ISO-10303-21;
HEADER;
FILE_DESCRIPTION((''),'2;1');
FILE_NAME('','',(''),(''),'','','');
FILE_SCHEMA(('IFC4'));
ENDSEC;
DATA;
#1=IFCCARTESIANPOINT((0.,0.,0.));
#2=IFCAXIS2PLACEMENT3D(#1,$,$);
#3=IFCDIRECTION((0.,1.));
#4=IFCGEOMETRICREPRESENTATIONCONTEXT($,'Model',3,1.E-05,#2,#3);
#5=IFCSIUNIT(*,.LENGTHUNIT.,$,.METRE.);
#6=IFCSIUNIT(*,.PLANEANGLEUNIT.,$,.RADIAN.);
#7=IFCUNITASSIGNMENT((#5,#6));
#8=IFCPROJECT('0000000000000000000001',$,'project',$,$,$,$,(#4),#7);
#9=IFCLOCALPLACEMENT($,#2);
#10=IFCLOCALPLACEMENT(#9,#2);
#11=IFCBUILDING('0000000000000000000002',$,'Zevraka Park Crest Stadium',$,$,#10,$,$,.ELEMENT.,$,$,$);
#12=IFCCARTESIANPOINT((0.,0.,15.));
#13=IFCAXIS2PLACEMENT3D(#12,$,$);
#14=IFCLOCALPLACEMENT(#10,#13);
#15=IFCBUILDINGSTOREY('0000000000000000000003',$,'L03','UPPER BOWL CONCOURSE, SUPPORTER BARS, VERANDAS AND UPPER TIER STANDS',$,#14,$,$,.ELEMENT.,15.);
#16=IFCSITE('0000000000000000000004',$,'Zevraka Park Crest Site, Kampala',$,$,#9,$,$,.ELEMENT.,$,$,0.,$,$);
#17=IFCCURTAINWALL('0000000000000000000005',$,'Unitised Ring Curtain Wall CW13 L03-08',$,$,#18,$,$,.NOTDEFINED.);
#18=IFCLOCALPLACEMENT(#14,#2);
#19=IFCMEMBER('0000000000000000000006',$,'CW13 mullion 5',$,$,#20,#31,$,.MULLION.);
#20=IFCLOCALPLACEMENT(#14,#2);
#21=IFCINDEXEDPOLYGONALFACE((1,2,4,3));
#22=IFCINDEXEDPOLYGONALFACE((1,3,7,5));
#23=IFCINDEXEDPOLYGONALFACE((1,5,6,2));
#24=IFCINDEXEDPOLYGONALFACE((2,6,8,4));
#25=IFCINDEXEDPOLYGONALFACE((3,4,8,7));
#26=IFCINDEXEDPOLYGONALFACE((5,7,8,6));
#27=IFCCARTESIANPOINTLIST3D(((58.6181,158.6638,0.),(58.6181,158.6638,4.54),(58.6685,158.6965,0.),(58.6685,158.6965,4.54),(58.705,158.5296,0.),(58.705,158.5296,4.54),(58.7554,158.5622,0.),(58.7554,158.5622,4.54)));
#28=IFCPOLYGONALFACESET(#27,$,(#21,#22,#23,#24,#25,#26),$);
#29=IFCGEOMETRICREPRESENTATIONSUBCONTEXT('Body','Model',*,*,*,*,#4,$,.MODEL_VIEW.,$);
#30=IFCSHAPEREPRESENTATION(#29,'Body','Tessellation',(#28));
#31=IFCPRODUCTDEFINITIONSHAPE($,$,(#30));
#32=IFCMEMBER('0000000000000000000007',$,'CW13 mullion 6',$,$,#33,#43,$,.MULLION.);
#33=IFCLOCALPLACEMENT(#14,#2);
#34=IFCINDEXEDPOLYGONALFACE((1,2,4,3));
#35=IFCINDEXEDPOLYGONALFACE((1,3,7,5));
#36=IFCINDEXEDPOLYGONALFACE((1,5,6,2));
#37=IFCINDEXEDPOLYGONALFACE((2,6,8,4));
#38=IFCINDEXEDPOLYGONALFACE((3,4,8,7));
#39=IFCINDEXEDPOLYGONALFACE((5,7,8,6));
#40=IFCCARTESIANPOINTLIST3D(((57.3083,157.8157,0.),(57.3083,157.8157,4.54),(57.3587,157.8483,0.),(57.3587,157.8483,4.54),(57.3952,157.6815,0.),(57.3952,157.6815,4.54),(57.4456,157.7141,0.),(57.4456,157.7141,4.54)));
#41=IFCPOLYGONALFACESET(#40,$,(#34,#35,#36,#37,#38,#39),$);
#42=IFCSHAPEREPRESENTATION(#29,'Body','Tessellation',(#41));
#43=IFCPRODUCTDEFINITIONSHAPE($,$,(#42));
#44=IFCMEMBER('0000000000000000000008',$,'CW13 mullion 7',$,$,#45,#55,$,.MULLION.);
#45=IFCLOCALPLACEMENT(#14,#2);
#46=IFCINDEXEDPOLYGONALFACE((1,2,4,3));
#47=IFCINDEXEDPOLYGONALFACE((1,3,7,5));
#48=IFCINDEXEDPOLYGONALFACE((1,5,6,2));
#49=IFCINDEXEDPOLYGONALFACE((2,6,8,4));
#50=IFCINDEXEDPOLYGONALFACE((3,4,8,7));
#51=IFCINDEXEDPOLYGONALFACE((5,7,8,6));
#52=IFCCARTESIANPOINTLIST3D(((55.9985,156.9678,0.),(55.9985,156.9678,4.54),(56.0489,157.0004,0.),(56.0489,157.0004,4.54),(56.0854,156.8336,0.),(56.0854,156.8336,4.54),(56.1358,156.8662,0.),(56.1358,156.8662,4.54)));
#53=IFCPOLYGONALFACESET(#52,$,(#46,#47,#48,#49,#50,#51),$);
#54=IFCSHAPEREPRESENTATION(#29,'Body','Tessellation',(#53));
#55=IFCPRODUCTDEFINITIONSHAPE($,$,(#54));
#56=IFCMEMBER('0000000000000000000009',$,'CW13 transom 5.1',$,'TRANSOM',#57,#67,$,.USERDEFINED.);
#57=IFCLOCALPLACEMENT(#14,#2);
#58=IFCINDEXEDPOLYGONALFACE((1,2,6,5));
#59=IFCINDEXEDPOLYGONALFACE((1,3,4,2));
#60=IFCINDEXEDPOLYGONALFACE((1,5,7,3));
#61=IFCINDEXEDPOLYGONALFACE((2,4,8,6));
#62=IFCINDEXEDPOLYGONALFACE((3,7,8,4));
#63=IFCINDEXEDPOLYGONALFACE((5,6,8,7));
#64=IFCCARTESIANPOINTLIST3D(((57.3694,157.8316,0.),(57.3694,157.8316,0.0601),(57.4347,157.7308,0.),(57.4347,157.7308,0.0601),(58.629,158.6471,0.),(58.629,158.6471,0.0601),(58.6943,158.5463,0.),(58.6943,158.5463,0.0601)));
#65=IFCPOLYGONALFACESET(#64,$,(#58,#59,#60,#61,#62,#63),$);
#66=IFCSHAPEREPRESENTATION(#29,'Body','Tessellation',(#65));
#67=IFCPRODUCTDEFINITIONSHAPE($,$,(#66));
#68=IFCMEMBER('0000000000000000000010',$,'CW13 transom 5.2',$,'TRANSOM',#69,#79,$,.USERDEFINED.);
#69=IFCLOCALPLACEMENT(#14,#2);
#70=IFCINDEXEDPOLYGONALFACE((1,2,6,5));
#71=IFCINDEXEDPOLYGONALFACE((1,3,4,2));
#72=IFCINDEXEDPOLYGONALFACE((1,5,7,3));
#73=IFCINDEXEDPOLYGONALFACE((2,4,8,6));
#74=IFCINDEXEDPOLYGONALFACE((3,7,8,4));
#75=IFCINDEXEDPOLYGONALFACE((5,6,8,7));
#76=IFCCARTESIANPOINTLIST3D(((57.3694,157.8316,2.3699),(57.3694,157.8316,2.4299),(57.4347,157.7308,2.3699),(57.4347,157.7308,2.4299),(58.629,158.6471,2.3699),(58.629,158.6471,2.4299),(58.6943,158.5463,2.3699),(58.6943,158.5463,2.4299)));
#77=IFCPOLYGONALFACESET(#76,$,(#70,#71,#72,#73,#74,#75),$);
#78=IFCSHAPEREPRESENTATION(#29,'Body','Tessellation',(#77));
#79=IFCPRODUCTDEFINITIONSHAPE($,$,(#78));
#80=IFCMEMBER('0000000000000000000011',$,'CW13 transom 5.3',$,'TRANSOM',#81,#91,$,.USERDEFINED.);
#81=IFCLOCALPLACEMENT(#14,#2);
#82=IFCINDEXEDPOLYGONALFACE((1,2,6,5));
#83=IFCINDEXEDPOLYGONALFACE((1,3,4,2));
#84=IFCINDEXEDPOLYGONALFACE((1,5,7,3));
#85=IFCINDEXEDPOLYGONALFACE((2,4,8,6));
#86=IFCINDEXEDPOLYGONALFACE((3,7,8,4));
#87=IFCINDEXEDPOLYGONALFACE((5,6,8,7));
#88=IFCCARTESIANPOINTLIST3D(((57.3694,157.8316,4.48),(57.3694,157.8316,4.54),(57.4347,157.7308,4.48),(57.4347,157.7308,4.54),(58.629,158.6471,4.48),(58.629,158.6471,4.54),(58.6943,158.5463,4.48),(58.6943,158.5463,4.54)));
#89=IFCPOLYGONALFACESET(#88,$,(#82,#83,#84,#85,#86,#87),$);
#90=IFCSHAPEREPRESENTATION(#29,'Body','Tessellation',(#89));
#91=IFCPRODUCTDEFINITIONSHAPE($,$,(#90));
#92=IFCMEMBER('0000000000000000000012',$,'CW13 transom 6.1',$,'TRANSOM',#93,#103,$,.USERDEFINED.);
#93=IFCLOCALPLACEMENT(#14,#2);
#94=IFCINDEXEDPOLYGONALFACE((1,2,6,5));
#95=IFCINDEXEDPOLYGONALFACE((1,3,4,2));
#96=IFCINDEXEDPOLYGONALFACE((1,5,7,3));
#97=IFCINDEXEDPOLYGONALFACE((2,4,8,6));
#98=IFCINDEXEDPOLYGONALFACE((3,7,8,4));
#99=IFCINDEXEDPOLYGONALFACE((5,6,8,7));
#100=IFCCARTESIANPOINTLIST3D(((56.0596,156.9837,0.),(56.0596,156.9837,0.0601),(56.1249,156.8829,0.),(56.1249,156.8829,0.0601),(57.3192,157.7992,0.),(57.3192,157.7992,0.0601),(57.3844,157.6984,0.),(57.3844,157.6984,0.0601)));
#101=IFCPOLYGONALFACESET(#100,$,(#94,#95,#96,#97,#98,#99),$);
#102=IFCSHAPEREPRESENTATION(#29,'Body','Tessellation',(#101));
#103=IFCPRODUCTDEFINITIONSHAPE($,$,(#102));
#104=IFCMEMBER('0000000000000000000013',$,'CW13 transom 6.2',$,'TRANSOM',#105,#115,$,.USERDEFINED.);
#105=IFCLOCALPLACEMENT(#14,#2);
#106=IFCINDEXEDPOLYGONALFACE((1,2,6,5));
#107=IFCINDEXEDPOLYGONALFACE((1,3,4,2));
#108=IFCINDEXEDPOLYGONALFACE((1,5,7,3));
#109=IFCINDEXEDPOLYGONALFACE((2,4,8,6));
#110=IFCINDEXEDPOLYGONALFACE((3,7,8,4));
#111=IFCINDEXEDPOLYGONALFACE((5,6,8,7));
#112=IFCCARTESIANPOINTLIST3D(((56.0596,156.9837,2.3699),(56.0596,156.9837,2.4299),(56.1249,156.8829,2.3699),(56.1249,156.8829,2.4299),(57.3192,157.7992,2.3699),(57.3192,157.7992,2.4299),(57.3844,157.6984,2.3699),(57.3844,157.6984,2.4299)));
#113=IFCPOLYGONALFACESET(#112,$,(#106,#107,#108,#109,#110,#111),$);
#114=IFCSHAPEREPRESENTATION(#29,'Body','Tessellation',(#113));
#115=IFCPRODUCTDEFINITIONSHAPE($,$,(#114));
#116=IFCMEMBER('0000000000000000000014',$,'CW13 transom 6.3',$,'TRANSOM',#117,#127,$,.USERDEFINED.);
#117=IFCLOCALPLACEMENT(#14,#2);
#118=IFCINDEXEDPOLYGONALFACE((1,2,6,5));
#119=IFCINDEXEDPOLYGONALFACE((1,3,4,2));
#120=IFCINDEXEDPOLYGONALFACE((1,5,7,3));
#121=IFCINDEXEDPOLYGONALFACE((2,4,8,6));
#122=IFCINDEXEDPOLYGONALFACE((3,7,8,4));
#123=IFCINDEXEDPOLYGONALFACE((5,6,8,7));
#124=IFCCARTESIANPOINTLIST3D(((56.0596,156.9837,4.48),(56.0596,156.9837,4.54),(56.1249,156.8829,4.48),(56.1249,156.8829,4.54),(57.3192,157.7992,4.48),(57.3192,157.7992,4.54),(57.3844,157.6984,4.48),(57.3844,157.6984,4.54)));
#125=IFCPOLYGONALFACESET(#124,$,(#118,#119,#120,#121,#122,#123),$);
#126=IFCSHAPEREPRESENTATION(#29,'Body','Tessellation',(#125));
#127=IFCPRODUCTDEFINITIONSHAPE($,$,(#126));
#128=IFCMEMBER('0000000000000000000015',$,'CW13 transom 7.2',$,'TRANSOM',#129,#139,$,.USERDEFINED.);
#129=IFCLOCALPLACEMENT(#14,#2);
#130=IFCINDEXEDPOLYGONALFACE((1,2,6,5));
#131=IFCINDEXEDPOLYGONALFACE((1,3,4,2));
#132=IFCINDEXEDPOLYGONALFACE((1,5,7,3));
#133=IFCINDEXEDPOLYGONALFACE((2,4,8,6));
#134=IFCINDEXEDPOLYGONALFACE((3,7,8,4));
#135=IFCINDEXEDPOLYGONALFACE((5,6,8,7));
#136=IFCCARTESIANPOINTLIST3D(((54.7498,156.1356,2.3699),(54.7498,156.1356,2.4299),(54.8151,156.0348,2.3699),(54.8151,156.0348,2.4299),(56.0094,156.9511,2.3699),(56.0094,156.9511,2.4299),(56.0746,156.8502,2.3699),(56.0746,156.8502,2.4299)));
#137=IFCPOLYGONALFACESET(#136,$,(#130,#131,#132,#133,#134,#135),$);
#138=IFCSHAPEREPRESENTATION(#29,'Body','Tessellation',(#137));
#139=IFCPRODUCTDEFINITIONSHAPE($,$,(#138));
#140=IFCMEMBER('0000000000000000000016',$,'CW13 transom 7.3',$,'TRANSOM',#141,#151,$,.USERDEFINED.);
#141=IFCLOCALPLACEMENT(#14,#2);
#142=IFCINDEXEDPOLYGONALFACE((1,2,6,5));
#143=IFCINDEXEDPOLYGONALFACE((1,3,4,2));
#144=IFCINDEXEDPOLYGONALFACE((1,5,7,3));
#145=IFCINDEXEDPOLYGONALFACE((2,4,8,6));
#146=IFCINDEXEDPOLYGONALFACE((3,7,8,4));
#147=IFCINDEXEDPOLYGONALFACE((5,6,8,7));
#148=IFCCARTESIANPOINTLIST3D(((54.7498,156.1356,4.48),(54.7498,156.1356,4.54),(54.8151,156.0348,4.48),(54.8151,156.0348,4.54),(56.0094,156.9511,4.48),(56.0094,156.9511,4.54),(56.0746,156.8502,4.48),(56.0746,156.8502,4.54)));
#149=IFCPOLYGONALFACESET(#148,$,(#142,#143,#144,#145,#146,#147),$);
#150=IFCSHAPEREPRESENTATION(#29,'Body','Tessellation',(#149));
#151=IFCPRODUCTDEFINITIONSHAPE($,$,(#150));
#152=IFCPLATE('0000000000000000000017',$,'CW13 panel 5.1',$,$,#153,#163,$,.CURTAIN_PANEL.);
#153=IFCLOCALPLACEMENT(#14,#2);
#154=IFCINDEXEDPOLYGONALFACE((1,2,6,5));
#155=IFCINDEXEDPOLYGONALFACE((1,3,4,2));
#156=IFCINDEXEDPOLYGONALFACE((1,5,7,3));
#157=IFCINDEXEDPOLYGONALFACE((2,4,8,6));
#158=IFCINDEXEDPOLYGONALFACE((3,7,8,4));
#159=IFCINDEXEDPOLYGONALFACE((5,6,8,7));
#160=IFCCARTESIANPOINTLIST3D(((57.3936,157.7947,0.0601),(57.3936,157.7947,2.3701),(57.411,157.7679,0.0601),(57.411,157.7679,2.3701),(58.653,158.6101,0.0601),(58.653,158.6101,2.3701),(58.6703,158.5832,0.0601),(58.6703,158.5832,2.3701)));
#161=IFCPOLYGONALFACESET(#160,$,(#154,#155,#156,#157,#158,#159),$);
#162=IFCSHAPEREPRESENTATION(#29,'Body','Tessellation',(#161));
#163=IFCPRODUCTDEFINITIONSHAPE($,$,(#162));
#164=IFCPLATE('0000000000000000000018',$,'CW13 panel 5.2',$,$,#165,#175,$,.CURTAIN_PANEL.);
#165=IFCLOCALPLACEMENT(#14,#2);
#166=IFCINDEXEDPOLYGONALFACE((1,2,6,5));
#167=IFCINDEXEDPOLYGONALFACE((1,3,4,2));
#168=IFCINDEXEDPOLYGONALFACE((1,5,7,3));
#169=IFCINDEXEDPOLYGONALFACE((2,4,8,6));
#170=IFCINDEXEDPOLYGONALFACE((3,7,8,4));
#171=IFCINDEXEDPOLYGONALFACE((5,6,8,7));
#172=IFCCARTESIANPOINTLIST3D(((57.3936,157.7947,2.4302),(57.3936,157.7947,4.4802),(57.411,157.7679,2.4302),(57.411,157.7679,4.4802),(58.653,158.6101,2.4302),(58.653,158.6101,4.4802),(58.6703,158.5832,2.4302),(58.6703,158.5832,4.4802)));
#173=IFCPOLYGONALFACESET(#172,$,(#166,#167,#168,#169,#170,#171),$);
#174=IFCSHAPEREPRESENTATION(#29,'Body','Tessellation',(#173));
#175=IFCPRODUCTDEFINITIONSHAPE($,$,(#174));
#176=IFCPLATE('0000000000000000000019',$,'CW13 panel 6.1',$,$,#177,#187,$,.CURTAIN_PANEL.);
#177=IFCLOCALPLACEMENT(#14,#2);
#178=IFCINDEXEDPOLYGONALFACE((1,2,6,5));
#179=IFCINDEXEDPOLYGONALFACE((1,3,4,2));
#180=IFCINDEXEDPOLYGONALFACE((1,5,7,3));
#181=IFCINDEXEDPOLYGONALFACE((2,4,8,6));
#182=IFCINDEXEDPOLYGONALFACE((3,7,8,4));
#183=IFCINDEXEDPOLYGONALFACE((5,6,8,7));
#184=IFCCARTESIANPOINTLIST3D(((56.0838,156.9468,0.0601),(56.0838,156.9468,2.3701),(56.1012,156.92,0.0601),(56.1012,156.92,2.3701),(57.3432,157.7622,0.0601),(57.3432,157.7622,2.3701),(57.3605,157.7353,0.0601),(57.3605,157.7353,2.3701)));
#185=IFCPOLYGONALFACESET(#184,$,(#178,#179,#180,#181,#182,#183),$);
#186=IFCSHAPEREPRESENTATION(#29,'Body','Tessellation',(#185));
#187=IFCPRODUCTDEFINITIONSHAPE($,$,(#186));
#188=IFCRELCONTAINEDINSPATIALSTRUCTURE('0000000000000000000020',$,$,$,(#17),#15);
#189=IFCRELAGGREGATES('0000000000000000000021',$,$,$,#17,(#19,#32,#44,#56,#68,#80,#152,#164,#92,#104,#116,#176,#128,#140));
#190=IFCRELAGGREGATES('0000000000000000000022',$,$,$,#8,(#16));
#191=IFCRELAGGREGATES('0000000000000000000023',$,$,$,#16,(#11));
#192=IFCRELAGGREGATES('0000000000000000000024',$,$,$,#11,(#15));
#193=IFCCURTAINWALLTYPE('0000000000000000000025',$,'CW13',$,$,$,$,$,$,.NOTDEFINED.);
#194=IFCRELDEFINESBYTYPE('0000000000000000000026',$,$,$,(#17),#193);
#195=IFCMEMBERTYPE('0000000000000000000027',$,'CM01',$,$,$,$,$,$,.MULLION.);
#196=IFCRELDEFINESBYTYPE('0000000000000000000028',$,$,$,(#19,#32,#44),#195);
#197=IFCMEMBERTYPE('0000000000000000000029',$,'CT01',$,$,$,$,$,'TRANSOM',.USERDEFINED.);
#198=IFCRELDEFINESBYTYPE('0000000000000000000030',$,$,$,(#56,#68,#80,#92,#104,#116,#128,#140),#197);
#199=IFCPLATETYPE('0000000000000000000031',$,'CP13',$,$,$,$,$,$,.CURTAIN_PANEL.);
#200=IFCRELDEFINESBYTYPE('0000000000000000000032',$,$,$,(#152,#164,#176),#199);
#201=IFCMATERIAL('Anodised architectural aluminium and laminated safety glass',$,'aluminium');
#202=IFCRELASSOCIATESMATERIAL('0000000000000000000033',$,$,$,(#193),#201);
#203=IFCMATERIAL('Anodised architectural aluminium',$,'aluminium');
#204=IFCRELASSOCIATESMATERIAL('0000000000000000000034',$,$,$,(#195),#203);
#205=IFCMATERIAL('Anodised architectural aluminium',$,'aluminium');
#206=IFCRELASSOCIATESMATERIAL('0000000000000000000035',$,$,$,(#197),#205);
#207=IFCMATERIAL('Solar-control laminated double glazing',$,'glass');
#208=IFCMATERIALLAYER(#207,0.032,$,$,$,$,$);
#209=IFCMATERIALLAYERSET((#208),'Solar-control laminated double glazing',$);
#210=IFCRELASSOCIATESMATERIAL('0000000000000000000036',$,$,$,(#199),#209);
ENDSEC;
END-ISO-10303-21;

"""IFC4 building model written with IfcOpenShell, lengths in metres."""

from ifc_helpers import new_model, si_unit, direction, frame, origin, origin_2d, place, context, subcontext, project, spatial, rectangle, extrude, material, layer, layer_set, material_profile, profile_set, type_object, element, aggregate, save


model = new_model("IFC4")

# Units and contexts
model_context = context("Model", 3, precision=1e-05, world=origin(), true_north=direction((0.0, 1.0)))
body_context = subcontext(model_context, "Body", "Model", "MODEL_VIEW")
ifc_project = project(units=[si_unit("LENGTHUNIT", "METRE"), si_unit("PLANEANGLEUNIT", "RADIAN")], contexts=[model_context])

# Site, building, storey
site_placement = place(None, origin())
site = spatial("IfcSite", under=ifc_project, at=site_placement, Name="Zevraka Park Crest Site, Kampala", CompositionType="ELEMENT", RefElevation=0.0)
building_placement = place(site_placement, origin())
building = spatial("IfcBuilding", under=site, at=building_placement, Name="Zevraka Park Crest Stadium", CompositionType="ELEMENT")
storey_placement = place(building_placement, frame((0.0, 0.0, 15.0)))
storey = spatial("IfcBuildingStorey", under=building, at=storey_placement, Name="L03", Description="UPPER BOWL CONCOURSE, SUPPORTER BARS, VERANDAS AND UPPER TIER STANDS", CompositionType="ELEMENT", Elevation=15.0)

# Curtain wall, members, plates
ifc_material_1 = material(Name="Anodised architectural aluminium and laminated safety glass", Category="aluminium")
curtain_wall_type = type_object("IfcCurtainWallType", Name="CW13", PredefinedType="NOTDEFINED", material=ifc_material_1)
curtain_wall_placement = place(storey_placement, origin())
curtain_wall = element("IfcCurtainWall", 1, at=curtain_wall_placement, inside=storey, type_object=curtain_wall_type, Name="Unitised Ring Curtain Wall CW13 L03-08", PredefinedType="NOTDEFINED")
ifc_material_2 = material(Name="Anodised architectural aluminium", Category="aluminium")
ifc_material_profile_1 = material_profile(ifc_material_2, rectangle(XDim=0.1599, YDim=0.0601, at=origin_2d()), Name="ALU MULLION 160x60")
ifc_profile_set_1 = profile_set([ifc_material_profile_1], Name="Anodised architectural aluminium")
member_type_1 = type_object("IfcMemberType", Name="CM01", PredefinedType="MULLION", material=ifc_profile_set_1)
member_1_placement = place(storey_placement, frame((58.6868, 158.613, 0.0), z_axis=(0.0, 0.0, 1.0), x_axis=(0.543469, -0.839429, 0.0)))
member_1 = element("IfcMember", 2, at=member_1_placement, type_object=member_type_1, Name="CW13 mullion 5", PredefinedType="MULLION", context=body_context, shape_type="SweptSolid", body=[
    extrude(rectangle(XDim=0.1599, YDim=0.0601, at=origin_2d()), origin(), (0.0, 0.0, 1.0), 4.54),
])
member_2_placement = place(storey_placement, frame((57.377, 157.7649, 0.0), z_axis=(0.0, 0.0, 1.0), x_axis=(0.543469, -0.839429, 0.0)))
member_2 = element("IfcMember", 3, at=member_2_placement, type_object=member_type_1, Name="CW13 mullion 6", PredefinedType="MULLION", context=body_context, shape_type="SweptSolid", body=[
    extrude(rectangle(XDim=0.1599, YDim=0.0601, at=origin_2d()), origin(), (0.0, 0.0, 1.0), 4.54),
])
member_3_placement = place(storey_placement, frame((56.0671, 156.917, 0.0), z_axis=(0.0, 0.0, 1.0), x_axis=(0.543469, -0.839429, 0.0)))
member_3 = element("IfcMember", 4, at=member_3_placement, type_object=member_type_1, Name="CW13 mullion 7", PredefinedType="MULLION", context=body_context, shape_type="SweptSolid", body=[
    extrude(rectangle(XDim=0.1599, YDim=0.0601, at=origin_2d()), origin(), (0.0, 0.0, 1.0), 4.54),
])
ifc_material_3 = material(Name="Anodised architectural aluminium", Category="aluminium")
ifc_material_profile_2 = material_profile(ifc_material_3, rectangle(XDim=0.1201, YDim=0.0601, at=origin_2d()), Name="ALU TRANSOM 120x60")
ifc_profile_set_2 = profile_set([ifc_material_profile_2], Name="Anodised architectural aluminium")
member_type_2 = type_object("IfcMemberType", Name="CT01", ElementType="TRANSOM", PredefinedType="USERDEFINED", material=ifc_profile_set_2)
member_4_placement = place(storey_placement, frame((58.6616, 158.5967, 0.03), z_axis=(-0.839435, -0.54346, 0.0), x_axis=(0.54346, -0.839435, 0.0)))
member_4 = element("IfcMember", 5, at=member_4_placement, type_object=member_type_2, Name="CW13 transom 5.1", ObjectType="TRANSOM", PredefinedType="USERDEFINED", context=body_context, shape_type="SweptSolid", body=[
    extrude(rectangle(XDim=0.1201, YDim=0.0601, at=origin_2d()), origin(), (0.0, 0.0, 1.0), 1.5005),
])
member_5_placement = place(storey_placement, frame((58.6616, 158.5967, 2.3999), z_axis=(-0.839435, -0.54346, 0.0), x_axis=(0.54346, -0.839435, 0.0)))
member_5 = element("IfcMember", 6, at=member_5_placement, type_object=member_type_2, Name="CW13 transom 5.2", ObjectType="TRANSOM", PredefinedType="USERDEFINED", context=body_context, shape_type="SweptSolid", body=[
    extrude(rectangle(XDim=0.1201, YDim=0.0601, at=origin_2d()), origin(), (0.0, 0.0, 1.0), 1.5005),
])
member_6_placement = place(storey_placement, frame((58.6616, 158.5967, 4.51), z_axis=(-0.839435, -0.54346, 0.0), x_axis=(0.54346, -0.839435, 0.0)))
member_6 = element("IfcMember", 7, at=member_6_placement, type_object=member_type_2, Name="CW13 transom 5.3", ObjectType="TRANSOM", PredefinedType="USERDEFINED", context=body_context, shape_type="SweptSolid", body=[
    extrude(rectangle(XDim=0.1201, YDim=0.0601, at=origin_2d()), origin(), (0.0, 0.0, 1.0), 1.5005),
])
member_7_placement = place(storey_placement, frame((57.3518, 157.7488, 0.03), z_axis=(-0.839435, -0.54346, 0.0), x_axis=(0.54346, -0.839435, 0.0)))
member_7 = element("IfcMember", 8, at=member_7_placement, type_object=member_type_2, Name="CW13 transom 6.1", ObjectType="TRANSOM", PredefinedType="USERDEFINED", context=body_context, shape_type="SweptSolid", body=[
    extrude(rectangle(XDim=0.1201, YDim=0.0601, at=origin_2d()), origin(), (0.0, 0.0, 1.0), 1.5005),
])
member_8_placement = place(storey_placement, frame((57.3518, 157.7488, 2.3999), z_axis=(-0.839435, -0.54346, 0.0), x_axis=(0.54346, -0.839435, 0.0)))
member_8 = element("IfcMember", 9, at=member_8_placement, type_object=member_type_2, Name="CW13 transom 6.2", ObjectType="TRANSOM", PredefinedType="USERDEFINED", context=body_context, shape_type="SweptSolid", body=[
    extrude(rectangle(XDim=0.1201, YDim=0.0601, at=origin_2d()), origin(), (0.0, 0.0, 1.0), 1.5005),
])
member_9_placement = place(storey_placement, frame((57.3518, 157.7488, 4.51), z_axis=(-0.839435, -0.54346, 0.0), x_axis=(0.54346, -0.839435, 0.0)))
member_9 = element("IfcMember", 10, at=member_9_placement, type_object=member_type_2, Name="CW13 transom 6.3", ObjectType="TRANSOM", PredefinedType="USERDEFINED", context=body_context, shape_type="SweptSolid", body=[
    extrude(rectangle(XDim=0.1201, YDim=0.0601, at=origin_2d()), origin(), (0.0, 0.0, 1.0), 1.5005),
])
member_10_placement = place(storey_placement, frame((56.042, 156.9006, 2.3999), z_axis=(-0.839435, -0.54346, 0.0), x_axis=(0.54346, -0.839435, 0.0)))
member_10 = element("IfcMember", 11, at=member_10_placement, type_object=member_type_2, Name="CW13 transom 7.2", ObjectType="TRANSOM", PredefinedType="USERDEFINED", context=body_context, shape_type="SweptSolid", body=[
    extrude(rectangle(XDim=0.1201, YDim=0.0601, at=origin_2d()), origin(), (0.0, 0.0, 1.0), 1.5005),
])
member_11_placement = place(storey_placement, frame((56.042, 156.9006, 4.51), z_axis=(-0.839435, -0.54346, 0.0), x_axis=(0.54346, -0.839435, 0.0)))
member_11 = element("IfcMember", 12, at=member_11_placement, type_object=member_type_2, Name="CW13 transom 7.3", ObjectType="TRANSOM", PredefinedType="USERDEFINED", context=body_context, shape_type="SweptSolid", body=[
    extrude(rectangle(XDim=0.1201, YDim=0.0601, at=origin_2d()), origin(), (0.0, 0.0, 1.0), 1.5005),
])
ifc_material_4 = material(Name="Solar-control laminated double glazing", Category="glass")
ifc_layer_1 = layer(ifc_material_4, 0.032)
ifc_layer_set_1 = layer_set([ifc_layer_1], Name="Solar-control laminated double glazing")
plate_type = type_object("IfcPlateType", Name="CP13", PredefinedType="CURTAIN_PANEL", material=ifc_layer_set_1)
plate_1_placement = place(storey_placement, frame((58.032, 158.189, 0.0601), z_axis=(0.0, 0.0, 1.0), x_axis=(-0.839429, -0.543469, 0.0)))
plate_1 = element("IfcPlate", 13, at=plate_1_placement, type_object=plate_type, Name="CW13 panel 5.1", PredefinedType="CURTAIN_PANEL", context=body_context, shape_type="SweptSolid", body=[
    extrude(rectangle(XDim=1.5002, YDim=0.032, at=origin_2d()), origin(), (0.0, 0.0, 1.0), 2.3101),
])
plate_2_placement = place(storey_placement, frame((58.032, 158.189, 2.4302), z_axis=(0.0, 0.0, 1.0), x_axis=(-0.839429, -0.543469, 0.0)))
plate_2 = element("IfcPlate", 14, at=plate_2_placement, type_object=plate_type, Name="CW13 panel 5.2", PredefinedType="CURTAIN_PANEL", context=body_context, shape_type="SweptSolid", body=[
    extrude(rectangle(XDim=1.5002, YDim=0.032, at=origin_2d()), origin(), (0.0, 0.0, 1.0), 2.05),
])
plate_3_placement = place(storey_placement, frame((56.7222, 157.3411, 0.0601), z_axis=(0.0, 0.0, 1.0), x_axis=(-0.839429, -0.543469, 0.0)))
plate_3 = element("IfcPlate", 15, at=plate_3_placement, type_object=plate_type, Name="CW13 panel 6.1", PredefinedType="CURTAIN_PANEL", context=body_context, shape_type="SweptSolid", body=[
    extrude(rectangle(XDim=1.5002, YDim=0.032, at=origin_2d()), origin(), (0.0, 0.0, 1.0), 2.3101),
])
aggregate(curtain_wall, [member_1, member_2, member_3, member_4, member_5, member_6, plate_1, plate_2, member_7, member_8, member_9, plate_3, member_10, member_11])

save(model, "model.ifc")
